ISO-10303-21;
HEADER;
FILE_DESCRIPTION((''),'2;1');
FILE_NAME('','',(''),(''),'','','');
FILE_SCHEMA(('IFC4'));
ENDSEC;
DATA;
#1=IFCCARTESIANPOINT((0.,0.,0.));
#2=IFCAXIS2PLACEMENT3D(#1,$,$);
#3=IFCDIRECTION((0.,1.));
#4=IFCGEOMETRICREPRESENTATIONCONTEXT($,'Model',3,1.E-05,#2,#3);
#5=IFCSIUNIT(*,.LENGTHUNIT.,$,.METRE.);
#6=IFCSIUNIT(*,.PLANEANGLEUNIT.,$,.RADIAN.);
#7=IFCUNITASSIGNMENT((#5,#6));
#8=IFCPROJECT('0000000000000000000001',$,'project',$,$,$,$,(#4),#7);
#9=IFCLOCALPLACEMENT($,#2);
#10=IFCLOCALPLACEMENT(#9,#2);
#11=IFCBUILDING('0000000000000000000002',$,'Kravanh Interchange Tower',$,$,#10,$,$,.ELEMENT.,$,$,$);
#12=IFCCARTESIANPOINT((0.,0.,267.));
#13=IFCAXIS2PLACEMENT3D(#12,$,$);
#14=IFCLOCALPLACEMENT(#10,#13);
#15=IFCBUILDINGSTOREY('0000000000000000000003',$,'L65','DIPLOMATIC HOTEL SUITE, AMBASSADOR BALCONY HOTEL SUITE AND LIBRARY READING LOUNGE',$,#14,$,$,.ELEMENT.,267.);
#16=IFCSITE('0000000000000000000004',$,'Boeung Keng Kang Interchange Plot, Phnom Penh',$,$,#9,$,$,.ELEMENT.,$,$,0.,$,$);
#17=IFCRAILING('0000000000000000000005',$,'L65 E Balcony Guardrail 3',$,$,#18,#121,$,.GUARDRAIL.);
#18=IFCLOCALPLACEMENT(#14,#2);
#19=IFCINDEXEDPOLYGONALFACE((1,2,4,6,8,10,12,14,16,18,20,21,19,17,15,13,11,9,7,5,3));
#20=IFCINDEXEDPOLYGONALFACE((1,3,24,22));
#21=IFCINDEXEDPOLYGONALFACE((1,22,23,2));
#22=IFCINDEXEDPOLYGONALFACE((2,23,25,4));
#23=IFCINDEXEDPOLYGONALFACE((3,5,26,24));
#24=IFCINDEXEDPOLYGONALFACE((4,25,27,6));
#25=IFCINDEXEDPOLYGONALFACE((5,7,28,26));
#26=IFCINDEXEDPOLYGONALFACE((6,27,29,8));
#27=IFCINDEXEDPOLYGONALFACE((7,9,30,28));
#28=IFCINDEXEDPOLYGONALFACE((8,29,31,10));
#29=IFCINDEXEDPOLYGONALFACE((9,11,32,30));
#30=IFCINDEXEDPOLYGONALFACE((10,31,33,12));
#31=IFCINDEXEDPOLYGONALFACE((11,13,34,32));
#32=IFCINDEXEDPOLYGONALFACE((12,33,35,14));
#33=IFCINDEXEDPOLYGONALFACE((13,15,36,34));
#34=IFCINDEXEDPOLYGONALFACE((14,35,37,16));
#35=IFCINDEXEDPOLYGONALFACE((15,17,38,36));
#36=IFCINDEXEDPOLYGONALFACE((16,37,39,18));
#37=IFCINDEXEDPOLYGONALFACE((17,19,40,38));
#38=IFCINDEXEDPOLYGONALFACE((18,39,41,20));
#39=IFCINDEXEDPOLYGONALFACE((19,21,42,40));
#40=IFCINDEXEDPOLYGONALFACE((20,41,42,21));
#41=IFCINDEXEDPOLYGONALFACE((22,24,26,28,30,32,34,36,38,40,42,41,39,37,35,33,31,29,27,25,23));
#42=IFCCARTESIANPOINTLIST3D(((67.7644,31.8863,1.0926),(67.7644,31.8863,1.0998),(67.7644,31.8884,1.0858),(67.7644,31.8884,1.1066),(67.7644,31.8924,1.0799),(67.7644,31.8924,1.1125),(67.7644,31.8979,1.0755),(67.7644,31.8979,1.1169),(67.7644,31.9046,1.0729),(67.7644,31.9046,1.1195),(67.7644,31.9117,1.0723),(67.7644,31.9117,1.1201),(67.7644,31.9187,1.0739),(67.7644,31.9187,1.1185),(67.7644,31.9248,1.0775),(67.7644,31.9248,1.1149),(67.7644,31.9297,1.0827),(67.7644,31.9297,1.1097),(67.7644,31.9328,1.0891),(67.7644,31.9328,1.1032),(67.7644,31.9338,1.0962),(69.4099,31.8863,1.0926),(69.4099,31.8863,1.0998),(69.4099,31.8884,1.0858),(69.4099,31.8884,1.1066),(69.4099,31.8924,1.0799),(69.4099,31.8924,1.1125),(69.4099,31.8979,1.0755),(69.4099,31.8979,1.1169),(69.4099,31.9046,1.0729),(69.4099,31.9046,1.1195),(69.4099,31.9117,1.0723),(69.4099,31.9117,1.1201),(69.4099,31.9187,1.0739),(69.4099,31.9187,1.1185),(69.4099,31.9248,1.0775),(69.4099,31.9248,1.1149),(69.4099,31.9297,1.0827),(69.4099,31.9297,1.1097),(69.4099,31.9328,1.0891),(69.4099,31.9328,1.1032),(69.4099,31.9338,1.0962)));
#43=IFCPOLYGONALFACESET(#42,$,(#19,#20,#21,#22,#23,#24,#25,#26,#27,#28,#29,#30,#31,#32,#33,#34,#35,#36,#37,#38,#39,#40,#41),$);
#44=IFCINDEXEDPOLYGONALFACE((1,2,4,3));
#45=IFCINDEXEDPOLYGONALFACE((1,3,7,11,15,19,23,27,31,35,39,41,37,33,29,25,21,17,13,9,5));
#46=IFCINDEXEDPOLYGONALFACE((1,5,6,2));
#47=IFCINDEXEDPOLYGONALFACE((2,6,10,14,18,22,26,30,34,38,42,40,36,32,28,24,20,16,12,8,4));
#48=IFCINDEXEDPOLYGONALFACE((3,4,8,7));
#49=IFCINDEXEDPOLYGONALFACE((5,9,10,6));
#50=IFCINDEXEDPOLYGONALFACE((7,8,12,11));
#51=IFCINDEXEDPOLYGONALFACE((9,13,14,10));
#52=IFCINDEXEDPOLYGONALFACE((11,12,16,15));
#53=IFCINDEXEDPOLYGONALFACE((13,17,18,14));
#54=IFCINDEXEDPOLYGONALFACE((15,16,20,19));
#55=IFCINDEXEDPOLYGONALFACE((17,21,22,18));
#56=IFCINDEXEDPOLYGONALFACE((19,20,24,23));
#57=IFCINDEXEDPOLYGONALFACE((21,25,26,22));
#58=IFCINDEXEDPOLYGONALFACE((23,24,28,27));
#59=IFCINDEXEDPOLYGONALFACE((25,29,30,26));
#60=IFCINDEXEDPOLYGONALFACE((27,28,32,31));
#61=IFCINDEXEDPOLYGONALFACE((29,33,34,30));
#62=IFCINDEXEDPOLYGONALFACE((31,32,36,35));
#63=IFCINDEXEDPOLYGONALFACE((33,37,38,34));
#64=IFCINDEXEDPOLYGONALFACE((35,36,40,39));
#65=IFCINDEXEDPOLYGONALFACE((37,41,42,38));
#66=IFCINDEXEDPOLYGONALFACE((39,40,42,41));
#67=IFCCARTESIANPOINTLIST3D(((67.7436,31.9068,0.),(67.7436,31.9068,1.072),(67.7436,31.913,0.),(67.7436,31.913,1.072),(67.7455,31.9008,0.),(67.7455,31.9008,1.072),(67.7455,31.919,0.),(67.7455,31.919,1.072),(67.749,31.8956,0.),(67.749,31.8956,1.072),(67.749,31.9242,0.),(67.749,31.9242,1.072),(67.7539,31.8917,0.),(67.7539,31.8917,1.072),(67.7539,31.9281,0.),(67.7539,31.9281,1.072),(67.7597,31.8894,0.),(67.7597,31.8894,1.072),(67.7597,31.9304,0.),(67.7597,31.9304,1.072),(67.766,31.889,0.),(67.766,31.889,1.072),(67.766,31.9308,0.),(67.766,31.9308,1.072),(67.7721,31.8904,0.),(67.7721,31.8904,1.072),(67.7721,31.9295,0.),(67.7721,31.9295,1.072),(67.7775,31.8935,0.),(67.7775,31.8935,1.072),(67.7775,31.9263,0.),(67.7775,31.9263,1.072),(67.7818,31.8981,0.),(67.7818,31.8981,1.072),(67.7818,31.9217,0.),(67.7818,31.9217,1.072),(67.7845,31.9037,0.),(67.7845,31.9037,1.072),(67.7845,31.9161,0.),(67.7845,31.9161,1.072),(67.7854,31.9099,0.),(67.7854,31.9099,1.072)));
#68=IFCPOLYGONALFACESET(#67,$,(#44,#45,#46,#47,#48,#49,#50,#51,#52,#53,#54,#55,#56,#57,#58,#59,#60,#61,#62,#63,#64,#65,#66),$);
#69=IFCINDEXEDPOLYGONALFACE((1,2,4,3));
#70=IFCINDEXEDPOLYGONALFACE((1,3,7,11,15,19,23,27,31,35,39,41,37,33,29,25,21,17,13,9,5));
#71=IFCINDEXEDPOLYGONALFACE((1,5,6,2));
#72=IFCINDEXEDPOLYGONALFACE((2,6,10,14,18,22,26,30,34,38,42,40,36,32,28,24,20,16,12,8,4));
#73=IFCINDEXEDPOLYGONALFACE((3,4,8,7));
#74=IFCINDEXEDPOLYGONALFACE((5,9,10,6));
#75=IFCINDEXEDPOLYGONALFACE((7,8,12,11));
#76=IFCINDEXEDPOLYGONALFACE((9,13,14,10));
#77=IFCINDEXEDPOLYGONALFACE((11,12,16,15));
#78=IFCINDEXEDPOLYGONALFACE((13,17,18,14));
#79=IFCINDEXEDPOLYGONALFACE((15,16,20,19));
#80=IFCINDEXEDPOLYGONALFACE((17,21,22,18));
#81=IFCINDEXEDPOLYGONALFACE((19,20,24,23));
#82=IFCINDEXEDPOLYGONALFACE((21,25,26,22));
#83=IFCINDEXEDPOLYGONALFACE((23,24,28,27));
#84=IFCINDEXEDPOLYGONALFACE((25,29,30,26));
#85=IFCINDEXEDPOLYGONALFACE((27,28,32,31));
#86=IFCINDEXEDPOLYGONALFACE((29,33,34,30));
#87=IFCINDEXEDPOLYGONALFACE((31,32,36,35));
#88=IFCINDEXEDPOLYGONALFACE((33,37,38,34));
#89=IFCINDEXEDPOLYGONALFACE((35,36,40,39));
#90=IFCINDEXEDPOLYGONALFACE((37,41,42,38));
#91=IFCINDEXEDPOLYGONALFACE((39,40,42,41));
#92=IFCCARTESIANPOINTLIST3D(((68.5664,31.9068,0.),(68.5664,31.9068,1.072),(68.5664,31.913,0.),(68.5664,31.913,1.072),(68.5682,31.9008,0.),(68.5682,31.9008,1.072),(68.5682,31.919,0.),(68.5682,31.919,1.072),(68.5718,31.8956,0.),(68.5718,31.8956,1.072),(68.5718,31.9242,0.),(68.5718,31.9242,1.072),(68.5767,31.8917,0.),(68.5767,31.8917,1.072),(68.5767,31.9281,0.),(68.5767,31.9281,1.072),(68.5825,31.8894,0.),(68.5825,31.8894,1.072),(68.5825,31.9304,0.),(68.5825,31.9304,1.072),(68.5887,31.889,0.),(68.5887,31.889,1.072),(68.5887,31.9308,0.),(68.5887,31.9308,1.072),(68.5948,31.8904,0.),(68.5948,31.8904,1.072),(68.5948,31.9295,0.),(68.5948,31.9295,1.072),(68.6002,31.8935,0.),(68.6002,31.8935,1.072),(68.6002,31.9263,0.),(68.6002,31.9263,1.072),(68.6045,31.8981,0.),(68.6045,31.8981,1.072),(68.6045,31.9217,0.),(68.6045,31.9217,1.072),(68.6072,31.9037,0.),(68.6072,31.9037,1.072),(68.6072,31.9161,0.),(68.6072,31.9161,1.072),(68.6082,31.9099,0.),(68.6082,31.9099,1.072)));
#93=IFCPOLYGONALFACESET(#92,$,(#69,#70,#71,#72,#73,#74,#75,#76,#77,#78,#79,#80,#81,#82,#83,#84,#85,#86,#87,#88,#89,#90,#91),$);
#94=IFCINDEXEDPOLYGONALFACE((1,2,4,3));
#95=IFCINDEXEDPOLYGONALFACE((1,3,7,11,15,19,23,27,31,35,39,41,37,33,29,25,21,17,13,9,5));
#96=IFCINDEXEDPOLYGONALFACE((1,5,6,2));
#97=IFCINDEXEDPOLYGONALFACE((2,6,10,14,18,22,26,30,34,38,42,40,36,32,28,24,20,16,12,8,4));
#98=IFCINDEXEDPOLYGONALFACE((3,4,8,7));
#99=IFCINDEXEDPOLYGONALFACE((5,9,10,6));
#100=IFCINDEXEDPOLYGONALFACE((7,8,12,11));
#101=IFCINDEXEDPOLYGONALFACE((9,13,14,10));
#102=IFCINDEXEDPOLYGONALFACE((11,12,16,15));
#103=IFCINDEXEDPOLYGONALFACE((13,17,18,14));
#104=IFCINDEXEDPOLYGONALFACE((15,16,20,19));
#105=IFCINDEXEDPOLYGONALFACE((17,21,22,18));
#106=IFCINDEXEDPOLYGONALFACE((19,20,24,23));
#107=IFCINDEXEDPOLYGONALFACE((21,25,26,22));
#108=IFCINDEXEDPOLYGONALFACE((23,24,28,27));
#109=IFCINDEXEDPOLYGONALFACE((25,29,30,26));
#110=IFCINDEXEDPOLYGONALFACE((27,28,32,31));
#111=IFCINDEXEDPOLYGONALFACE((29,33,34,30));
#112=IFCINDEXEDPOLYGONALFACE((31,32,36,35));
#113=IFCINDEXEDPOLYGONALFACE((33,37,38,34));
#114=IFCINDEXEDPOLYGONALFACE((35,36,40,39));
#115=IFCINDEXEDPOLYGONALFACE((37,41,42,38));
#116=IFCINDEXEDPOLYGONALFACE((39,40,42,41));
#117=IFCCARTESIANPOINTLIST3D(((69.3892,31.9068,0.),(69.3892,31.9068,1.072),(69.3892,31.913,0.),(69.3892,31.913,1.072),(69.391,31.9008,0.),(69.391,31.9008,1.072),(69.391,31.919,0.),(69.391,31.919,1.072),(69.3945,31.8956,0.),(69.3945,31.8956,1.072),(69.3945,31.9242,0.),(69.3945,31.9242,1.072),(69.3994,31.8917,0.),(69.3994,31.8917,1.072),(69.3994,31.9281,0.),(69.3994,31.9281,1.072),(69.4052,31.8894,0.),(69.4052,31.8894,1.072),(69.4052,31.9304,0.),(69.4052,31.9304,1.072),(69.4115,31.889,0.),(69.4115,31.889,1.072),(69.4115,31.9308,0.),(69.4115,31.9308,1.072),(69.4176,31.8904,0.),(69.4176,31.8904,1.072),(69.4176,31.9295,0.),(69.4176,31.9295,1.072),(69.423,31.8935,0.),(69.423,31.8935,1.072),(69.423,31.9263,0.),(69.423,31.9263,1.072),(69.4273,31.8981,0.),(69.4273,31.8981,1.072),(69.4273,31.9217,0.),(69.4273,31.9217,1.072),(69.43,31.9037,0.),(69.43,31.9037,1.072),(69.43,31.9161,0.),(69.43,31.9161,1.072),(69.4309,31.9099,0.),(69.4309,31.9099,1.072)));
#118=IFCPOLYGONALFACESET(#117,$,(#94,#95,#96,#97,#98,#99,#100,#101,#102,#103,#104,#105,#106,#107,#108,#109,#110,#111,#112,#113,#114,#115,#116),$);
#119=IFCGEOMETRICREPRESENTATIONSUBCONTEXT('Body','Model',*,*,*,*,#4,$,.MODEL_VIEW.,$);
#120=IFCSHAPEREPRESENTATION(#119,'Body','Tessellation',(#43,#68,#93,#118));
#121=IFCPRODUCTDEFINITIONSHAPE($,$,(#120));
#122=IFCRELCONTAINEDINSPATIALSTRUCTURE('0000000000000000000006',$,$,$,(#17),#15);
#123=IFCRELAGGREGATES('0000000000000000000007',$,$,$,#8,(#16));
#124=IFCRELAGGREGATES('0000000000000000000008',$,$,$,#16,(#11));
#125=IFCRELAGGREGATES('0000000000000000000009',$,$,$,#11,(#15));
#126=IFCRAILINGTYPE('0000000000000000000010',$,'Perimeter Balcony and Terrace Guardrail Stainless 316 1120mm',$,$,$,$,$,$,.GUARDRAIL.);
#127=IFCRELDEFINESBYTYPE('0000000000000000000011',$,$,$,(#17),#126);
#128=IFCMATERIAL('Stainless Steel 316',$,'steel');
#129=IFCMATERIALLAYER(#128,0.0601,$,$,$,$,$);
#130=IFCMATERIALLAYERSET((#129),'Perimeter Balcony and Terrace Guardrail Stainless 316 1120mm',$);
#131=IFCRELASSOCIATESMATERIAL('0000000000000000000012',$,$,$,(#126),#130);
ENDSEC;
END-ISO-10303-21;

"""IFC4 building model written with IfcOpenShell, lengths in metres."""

from ifc_helpers import new_model, si_unit, direction, frame, origin, origin_2d, place, context, subcontext, project, spatial, circle, extrude, material, layer, layer_set, type_object, element, save


model = new_model("IFC4")

# Units and contexts
model_context = context("Model", 3, precision=1e-05, world=origin(), true_north=direction((0.0, 1.0)))
body_context = subcontext(model_context, "Body", "Model", "MODEL_VIEW")
ifc_project = project(units=[si_unit("LENGTHUNIT", "METRE"), si_unit("PLANEANGLEUNIT", "RADIAN")], contexts=[model_context])

# Site, building, storey
site_placement = place(None, origin())
site = spatial("IfcSite", under=ifc_project, at=site_placement, Name="Boeung Keng Kang Interchange Plot, Phnom Penh", CompositionType="ELEMENT", RefElevation=0.0)
building_placement = place(site_placement, origin())
building = spatial("IfcBuilding", under=site, at=building_placement, Name="Kravanh Interchange Tower", CompositionType="ELEMENT")
storey_placement = place(building_placement, frame((0.0, 0.0, 267.0)))
storey = spatial("IfcBuildingStorey", under=building, at=storey_placement, Name="L65", Description="DIPLOMATIC HOTEL SUITE, AMBASSADOR BALCONY HOTEL SUITE AND LIBRARY READING LOUNGE", CompositionType="ELEMENT", Elevation=267.0)

# Railing
ifc_material_1 = material(Name="Stainless Steel 316", Category="steel")
ifc_layer_1 = layer(ifc_material_1, 0.0601)
ifc_layer_set_1 = layer_set([ifc_layer_1], Name="Perimeter Balcony and Terrace Guardrail Stainless 316 1120mm")
railing_type_1 = type_object("IfcRailingType", Name="Perimeter Balcony and Terrace Guardrail Stainless 316 1120mm", PredefinedType="GUARDRAIL", material=ifc_layer_set_1)
railing_1_placement = place(storey_placement, frame((67.7644, 31.9099, 0.0)))
element("IfcRailing", 1, at=railing_1_placement, inside=storey, type_object=railing_type_1, Name="L65 E Balcony Guardrail 3", PredefinedType="GUARDRAIL", context=body_context, shape_type="SweptSolid", body=[
    extrude(circle(Radius=0.0239, at=origin_2d()), frame((0.0, 0.0, 1.0962), z_axis=(1.0, 0.0, 0.0), x_axis=(0.0, 1.0, 0.0)), (0.0, 0.0, 1.0), 1.6455),
    extrude(circle(Radius=0.021, at=origin_2d()), origin(), (0.0, 0.0, 1.0), 1.072),
    extrude(circle(Radius=0.021, at=origin_2d()), frame((0.8228, 0.0, 0.0)), (0.0, 0.0, 1.0), 1.072),
    extrude(circle(Radius=0.021, at=origin_2d()), frame((1.6455, 0.0, 0.0)), (0.0, 0.0, 1.0), 1.072),
])

save(model, "model.ifc")
